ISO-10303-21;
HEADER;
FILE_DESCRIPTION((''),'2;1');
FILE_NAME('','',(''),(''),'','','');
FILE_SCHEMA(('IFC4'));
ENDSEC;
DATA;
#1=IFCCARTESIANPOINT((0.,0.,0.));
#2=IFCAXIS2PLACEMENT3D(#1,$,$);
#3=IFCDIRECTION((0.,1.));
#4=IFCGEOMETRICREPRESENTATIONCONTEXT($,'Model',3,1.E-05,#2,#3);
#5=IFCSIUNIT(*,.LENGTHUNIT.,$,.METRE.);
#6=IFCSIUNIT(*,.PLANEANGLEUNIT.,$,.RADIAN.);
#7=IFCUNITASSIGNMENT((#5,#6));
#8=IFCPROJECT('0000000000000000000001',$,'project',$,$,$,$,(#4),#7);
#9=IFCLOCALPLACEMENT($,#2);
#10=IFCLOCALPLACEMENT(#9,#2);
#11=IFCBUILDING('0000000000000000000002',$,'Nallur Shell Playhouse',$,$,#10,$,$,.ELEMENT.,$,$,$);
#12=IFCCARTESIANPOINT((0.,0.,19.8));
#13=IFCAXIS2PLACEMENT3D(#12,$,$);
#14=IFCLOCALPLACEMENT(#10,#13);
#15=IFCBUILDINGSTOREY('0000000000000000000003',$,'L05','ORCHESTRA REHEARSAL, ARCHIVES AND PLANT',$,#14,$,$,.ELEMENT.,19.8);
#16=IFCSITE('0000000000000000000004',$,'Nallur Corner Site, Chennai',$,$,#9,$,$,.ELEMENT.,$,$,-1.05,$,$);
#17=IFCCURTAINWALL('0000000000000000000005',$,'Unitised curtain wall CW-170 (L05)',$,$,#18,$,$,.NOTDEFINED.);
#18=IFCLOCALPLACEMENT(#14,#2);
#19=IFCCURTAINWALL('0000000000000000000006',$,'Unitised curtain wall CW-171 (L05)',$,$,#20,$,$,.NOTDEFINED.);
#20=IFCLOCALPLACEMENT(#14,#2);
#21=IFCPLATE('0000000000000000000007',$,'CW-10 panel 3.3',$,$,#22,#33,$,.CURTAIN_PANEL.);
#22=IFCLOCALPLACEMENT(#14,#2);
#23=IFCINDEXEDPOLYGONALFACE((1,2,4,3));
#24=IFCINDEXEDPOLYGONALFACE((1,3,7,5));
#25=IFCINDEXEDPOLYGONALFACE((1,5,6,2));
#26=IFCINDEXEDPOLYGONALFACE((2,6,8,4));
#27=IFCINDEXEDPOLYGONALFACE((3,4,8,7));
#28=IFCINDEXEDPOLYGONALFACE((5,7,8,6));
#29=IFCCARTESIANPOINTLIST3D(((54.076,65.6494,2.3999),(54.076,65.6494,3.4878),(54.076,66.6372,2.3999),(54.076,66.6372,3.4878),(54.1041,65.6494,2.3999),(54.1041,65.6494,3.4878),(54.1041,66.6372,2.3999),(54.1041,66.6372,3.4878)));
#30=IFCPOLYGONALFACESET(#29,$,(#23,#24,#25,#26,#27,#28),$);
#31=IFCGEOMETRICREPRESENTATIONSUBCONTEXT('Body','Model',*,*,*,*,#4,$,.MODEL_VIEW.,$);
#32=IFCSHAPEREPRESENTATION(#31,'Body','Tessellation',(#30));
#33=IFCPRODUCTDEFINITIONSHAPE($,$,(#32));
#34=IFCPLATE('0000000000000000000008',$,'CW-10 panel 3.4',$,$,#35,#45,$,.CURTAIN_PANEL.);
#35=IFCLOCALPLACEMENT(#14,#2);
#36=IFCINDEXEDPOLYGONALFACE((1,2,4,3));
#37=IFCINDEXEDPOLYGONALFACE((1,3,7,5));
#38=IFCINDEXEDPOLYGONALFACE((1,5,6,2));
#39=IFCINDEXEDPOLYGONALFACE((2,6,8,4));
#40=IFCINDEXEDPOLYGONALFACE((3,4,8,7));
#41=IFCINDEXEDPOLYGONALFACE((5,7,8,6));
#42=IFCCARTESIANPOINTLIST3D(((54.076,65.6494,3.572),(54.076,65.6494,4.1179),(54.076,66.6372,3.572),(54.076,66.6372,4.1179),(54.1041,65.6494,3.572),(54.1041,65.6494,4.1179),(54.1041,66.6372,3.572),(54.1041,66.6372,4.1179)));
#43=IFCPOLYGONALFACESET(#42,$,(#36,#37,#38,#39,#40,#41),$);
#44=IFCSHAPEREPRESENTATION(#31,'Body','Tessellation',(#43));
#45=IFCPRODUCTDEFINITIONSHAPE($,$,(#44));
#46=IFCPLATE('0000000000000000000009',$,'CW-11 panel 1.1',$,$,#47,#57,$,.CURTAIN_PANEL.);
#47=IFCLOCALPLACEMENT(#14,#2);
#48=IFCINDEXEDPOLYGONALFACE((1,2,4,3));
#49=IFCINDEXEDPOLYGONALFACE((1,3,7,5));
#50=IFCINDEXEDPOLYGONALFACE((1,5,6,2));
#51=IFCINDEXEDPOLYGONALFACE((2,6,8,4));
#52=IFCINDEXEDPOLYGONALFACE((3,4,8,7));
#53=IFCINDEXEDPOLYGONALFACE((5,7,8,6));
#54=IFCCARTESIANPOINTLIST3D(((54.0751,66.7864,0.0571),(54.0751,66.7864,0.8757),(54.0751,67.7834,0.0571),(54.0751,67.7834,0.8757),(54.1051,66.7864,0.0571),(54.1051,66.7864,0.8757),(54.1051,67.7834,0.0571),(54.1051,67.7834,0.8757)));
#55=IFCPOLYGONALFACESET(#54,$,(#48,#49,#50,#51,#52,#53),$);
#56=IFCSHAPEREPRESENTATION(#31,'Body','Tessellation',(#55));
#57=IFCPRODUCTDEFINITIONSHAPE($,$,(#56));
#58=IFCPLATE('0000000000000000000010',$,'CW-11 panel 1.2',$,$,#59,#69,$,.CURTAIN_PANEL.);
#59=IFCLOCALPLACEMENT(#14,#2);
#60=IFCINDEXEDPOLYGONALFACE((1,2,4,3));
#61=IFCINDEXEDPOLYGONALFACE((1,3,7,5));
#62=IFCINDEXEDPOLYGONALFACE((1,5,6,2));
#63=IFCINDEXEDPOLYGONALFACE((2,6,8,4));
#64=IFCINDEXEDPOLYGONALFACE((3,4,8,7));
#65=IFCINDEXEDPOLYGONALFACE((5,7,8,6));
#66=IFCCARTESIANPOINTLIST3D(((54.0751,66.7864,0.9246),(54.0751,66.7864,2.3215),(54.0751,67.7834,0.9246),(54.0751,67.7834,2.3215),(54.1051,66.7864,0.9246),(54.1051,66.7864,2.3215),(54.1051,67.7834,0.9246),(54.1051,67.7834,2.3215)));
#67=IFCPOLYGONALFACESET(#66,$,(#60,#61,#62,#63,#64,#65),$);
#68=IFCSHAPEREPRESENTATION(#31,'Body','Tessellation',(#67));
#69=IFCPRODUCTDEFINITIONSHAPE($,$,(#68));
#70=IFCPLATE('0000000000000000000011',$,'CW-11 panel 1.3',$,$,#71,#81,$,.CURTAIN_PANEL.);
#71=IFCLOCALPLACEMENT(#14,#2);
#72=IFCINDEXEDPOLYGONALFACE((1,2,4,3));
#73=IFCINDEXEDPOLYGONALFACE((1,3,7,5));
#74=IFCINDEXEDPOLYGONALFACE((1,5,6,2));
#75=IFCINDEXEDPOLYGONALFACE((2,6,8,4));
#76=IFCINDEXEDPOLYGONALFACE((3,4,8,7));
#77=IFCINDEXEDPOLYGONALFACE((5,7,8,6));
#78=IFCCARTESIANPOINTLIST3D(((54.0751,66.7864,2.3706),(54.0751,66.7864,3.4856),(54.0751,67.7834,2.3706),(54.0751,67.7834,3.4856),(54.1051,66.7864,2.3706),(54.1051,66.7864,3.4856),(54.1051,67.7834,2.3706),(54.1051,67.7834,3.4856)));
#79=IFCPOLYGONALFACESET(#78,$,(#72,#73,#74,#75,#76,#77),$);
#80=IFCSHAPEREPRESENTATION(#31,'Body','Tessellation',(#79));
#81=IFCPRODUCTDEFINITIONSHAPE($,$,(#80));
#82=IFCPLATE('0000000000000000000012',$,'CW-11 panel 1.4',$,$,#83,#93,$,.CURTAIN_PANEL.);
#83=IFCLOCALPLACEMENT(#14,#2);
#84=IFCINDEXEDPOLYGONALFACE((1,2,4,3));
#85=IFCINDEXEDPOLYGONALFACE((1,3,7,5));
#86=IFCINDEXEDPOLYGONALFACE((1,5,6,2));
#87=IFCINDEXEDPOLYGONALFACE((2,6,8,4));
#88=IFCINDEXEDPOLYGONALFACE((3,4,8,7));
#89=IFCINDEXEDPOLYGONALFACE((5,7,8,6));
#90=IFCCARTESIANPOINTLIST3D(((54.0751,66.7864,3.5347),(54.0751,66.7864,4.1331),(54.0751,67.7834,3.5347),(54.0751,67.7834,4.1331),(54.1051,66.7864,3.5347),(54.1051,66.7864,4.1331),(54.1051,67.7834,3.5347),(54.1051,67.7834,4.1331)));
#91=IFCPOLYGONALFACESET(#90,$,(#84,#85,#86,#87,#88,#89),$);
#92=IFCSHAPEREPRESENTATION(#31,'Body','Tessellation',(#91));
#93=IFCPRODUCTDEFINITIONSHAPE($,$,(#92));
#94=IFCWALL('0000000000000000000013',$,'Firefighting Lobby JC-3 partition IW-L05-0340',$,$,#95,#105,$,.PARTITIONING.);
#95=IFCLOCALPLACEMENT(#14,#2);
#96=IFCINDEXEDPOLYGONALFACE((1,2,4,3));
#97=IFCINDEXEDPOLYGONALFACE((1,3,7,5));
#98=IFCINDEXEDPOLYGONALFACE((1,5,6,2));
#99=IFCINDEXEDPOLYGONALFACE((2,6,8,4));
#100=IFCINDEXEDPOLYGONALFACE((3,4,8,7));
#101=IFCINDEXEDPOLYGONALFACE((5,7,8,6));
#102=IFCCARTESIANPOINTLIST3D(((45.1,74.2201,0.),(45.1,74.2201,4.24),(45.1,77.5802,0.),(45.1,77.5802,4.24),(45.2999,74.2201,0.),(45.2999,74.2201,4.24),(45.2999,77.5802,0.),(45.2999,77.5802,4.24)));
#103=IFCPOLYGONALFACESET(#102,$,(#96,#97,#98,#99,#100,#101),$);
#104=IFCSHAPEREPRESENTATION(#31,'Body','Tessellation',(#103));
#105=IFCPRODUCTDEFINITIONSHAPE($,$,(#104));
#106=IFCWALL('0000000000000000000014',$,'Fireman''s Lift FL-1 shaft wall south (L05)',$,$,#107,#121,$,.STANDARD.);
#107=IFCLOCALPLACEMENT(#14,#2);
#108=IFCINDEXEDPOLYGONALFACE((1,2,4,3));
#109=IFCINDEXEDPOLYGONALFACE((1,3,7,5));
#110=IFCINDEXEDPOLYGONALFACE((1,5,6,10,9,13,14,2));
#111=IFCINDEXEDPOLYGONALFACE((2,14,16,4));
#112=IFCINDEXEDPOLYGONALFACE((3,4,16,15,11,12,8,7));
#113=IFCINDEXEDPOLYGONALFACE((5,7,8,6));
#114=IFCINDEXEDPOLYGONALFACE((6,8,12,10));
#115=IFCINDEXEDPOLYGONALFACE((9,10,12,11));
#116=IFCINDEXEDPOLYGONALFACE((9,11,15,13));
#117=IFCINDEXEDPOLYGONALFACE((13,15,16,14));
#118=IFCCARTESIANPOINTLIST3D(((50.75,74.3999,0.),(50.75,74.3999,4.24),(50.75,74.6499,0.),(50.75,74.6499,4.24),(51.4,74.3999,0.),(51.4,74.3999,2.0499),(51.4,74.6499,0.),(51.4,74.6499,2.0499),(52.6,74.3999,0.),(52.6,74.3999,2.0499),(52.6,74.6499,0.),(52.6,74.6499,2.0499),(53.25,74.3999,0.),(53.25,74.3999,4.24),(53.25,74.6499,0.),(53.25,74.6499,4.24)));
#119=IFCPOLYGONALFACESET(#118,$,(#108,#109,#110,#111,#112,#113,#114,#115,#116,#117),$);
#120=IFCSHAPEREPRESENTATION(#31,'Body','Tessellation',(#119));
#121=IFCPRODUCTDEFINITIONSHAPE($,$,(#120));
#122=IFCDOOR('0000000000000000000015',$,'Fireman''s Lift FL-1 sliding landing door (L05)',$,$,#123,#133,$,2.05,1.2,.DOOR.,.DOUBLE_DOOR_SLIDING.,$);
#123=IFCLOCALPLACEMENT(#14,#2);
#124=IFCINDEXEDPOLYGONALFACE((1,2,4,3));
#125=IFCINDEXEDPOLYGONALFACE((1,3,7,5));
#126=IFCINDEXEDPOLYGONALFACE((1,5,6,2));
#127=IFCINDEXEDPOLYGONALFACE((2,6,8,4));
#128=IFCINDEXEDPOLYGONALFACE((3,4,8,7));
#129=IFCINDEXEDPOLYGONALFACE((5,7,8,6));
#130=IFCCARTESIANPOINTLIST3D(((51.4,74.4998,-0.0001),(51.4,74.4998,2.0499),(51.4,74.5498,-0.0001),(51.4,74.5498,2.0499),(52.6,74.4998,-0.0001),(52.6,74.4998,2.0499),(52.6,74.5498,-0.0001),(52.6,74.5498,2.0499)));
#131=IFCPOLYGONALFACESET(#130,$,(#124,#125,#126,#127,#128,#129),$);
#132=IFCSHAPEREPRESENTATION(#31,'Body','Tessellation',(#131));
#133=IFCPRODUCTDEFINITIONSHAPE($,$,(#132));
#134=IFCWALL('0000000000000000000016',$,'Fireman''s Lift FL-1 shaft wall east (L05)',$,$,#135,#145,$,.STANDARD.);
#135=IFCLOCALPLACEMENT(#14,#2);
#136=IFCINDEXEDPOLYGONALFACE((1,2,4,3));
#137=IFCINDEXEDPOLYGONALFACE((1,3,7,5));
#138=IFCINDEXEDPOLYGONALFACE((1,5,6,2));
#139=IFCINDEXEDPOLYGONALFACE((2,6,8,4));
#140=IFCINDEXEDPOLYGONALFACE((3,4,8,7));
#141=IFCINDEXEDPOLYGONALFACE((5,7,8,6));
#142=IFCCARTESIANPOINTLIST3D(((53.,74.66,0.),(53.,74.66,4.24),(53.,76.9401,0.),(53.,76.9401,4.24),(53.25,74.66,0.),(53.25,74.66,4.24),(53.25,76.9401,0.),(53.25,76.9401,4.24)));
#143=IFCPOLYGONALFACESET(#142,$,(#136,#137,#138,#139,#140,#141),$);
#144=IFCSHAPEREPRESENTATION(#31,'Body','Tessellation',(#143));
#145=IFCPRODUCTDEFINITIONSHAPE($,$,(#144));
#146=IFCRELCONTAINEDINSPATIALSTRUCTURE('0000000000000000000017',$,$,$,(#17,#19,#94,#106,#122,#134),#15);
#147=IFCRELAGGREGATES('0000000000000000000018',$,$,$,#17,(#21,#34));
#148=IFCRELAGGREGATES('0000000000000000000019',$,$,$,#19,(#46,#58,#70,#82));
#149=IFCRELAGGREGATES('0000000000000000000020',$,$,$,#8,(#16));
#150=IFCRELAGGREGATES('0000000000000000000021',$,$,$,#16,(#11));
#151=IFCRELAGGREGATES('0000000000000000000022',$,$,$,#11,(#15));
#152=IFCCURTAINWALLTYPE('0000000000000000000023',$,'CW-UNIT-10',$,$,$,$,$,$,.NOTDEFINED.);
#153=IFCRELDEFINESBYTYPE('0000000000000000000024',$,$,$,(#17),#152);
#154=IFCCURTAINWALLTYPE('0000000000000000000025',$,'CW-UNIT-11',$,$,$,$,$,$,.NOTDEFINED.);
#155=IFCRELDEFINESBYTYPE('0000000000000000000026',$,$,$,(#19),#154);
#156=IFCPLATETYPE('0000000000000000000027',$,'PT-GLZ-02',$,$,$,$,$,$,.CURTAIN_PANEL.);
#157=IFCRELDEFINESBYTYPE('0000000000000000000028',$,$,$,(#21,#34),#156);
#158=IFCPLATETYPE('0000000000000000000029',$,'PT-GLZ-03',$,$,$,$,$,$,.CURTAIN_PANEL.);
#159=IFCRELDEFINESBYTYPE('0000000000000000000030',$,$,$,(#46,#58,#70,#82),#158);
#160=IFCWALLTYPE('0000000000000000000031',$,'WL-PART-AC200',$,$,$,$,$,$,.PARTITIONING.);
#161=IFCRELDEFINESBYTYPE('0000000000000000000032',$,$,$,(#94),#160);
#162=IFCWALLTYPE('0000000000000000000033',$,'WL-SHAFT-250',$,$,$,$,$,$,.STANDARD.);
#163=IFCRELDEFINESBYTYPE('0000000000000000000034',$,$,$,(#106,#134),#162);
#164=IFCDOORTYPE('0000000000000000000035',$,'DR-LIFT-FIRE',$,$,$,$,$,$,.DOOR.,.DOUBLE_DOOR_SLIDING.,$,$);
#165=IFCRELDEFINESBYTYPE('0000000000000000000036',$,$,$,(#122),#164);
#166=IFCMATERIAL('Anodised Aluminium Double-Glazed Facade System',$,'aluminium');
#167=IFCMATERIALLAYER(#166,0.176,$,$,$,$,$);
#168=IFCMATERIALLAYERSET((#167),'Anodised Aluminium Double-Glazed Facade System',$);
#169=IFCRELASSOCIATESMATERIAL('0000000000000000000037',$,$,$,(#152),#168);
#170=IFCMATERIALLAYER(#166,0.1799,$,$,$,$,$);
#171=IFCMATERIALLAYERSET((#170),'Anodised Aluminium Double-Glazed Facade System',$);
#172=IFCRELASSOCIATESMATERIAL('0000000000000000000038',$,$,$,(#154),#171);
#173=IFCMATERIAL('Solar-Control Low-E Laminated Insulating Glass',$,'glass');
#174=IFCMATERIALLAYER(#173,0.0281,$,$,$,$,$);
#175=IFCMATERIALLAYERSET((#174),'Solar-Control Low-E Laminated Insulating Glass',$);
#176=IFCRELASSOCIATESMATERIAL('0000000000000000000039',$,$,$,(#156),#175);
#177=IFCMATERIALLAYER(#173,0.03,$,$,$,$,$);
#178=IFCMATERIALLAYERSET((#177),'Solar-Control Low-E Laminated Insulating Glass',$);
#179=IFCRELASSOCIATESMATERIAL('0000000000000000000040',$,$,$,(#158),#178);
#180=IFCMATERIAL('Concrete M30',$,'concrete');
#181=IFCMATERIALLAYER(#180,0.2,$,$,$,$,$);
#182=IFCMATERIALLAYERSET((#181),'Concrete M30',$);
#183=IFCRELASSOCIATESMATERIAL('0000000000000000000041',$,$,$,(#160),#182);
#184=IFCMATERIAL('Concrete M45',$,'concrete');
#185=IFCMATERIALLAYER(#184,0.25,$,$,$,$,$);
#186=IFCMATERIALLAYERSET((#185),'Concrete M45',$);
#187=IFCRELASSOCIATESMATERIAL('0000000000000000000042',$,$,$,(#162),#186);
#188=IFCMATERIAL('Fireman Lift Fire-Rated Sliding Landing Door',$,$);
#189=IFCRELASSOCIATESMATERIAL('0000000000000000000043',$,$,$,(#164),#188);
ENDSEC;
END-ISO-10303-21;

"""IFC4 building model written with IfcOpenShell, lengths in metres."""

from ifc_helpers import new_model, si_unit, direction, frame, frame_2d, origin, origin_2d, place, context, subcontext, project, spatial, rectangle, extrude, material, layer, layer_set, type_object, element, fill, aggregate, save


model = new_model("IFC4")

# Units and contexts
model_context = context("Model", 3, precision=1e-05, world=origin(), true_north=direction((0.0, 1.0)))
body_context = subcontext(model_context, "Body", "Model", "MODEL_VIEW")
ifc_project = project(units=[si_unit("LENGTHUNIT", "METRE"), si_unit("PLANEANGLEUNIT", "RADIAN")], contexts=[model_context])

# Site, building, storey
site_placement = place(None, origin())
site = spatial("IfcSite", under=ifc_project, at=site_placement, Name="Nallur Corner Site, Chennai", CompositionType="ELEMENT", RefElevation=-1.05)
building_placement = place(site_placement, origin())
building = spatial("IfcBuilding", under=site, at=building_placement, Name="Nallur Shell Playhouse", CompositionType="ELEMENT")
storey_placement = place(building_placement, frame((0.0, 0.0, 19.8)))
storey = spatial("IfcBuildingStorey", under=building, at=storey_placement, Name="L05", Description="ORCHESTRA REHEARSAL, ARCHIVES AND PLANT", CompositionType="ELEMENT", Elevation=19.8)

# Curtain wall
ifc_material_1 = material(Name="Anodised Aluminium Double-Glazed Facade System", Category="aluminium")
ifc_layer_1 = layer(ifc_material_1, 0.176)
ifc_layer_set_1 = layer_set([ifc_layer_1], Name="Anodised Aluminium Double-Glazed Facade System")
curtain_wall_type_1 = type_object("IfcCurtainWallType", Name="CW-UNIT-10", PredefinedType="NOTDEFINED", material=ifc_layer_set_1)
curtain_wall_1_placement = place(storey_placement, origin())
curtain_wall_1 = element("IfcCurtainWall", 1, at=curtain_wall_1_placement, inside=storey, type_object=curtain_wall_type_1, Name="Unitised curtain wall CW-170 (L05)", PredefinedType="NOTDEFINED")

# Curtain wall
ifc_layer_2 = layer(ifc_material_1, 0.1799)
ifc_layer_set_2 = layer_set([ifc_layer_2], Name="Anodised Aluminium Double-Glazed Facade System")
curtain_wall_type_2 = type_object("IfcCurtainWallType", Name="CW-UNIT-11", PredefinedType="NOTDEFINED", material=ifc_layer_set_2)
curtain_wall_2_placement = place(storey_placement, origin())
curtain_wall_2 = element("IfcCurtainWall", 2, at=curtain_wall_2_placement, inside=storey, type_object=curtain_wall_type_2, Name="Unitised curtain wall CW-171 (L05)", PredefinedType="NOTDEFINED")

# Plates
ifc_material_2 = material(Name="Solar-Control Low-E Laminated Insulating Glass", Category="glass")
ifc_layer_3 = layer(ifc_material_2, 0.0281)
ifc_layer_set_3 = layer_set([ifc_layer_3], Name="Solar-Control Low-E Laminated Insulating Glass")
plate_type_1 = type_object("IfcPlateType", Name="PT-GLZ-02", PredefinedType="CURTAIN_PANEL", material=ifc_layer_set_3)
plate_1_placement = place(storey_placement, frame((54.0901, 66.1433, 2.3999), z_axis=(0.0, 0.0, 1.0), x_axis=(0.0, 1.0, 0.0)))
plate_1 = element("IfcPlate", 3, at=plate_1_placement, type_object=plate_type_1, Name="CW-10 panel 3.3", PredefinedType="CURTAIN_PANEL", context=body_context, shape_type="SweptSolid", body=[
    extrude(rectangle(XDim=0.9878, YDim=0.0281, at=origin_2d()), origin(), (0.0, 0.0, 1.0), 1.0879),
])
plate_2_placement = place(storey_placement, frame((54.0901, 66.1433, 3.572), z_axis=(0.0, 0.0, 1.0), x_axis=(0.0, 1.0, 0.0)))
plate_2 = element("IfcPlate", 4, at=plate_2_placement, type_object=plate_type_1, Name="CW-10 panel 3.4", PredefinedType="CURTAIN_PANEL", context=body_context, shape_type="SweptSolid", body=[
    extrude(rectangle(XDim=0.9878, YDim=0.0281, at=origin_2d()), origin(), (0.0, 0.0, 1.0), 0.5459),
])
aggregate(curtain_wall_1, [plate_1, plate_2])
ifc_layer_4 = layer(ifc_material_2, 0.03)
ifc_layer_set_4 = layer_set([ifc_layer_4], Name="Solar-Control Low-E Laminated Insulating Glass")
plate_type_2 = type_object("IfcPlateType", Name="PT-GLZ-03", PredefinedType="CURTAIN_PANEL", material=ifc_layer_set_4)
plate_3_placement = place(storey_placement, frame((54.0901, 67.2849, 0.0571), z_axis=(0.0, 0.0, 1.0), x_axis=(0.0, 1.0, 0.0)))
plate_3 = element("IfcPlate", 5, at=plate_3_placement, type_object=plate_type_2, Name="CW-11 panel 1.1", PredefinedType="CURTAIN_PANEL", context=body_context, shape_type="SweptSolid", body=[
    extrude(rectangle(XDim=0.9971, YDim=0.03, at=origin_2d()), origin(), (0.0, 0.0, 1.0), 0.8186),
])
plate_4_placement = place(storey_placement, frame((54.0901, 67.2849, 0.9246), z_axis=(0.0, 0.0, 1.0), x_axis=(0.0, 1.0, 0.0)))
plate_4 = element("IfcPlate", 6, at=plate_4_placement, type_object=plate_type_2, Name="CW-11 panel 1.2", PredefinedType="CURTAIN_PANEL", context=body_context, shape_type="SweptSolid", body=[
    extrude(rectangle(XDim=0.9971, YDim=0.03, at=origin_2d()), origin(), (0.0, 0.0, 1.0), 1.397),
])
plate_5_placement = place(storey_placement, frame((54.0901, 67.2849, 2.3706), z_axis=(0.0, 0.0, 1.0), x_axis=(0.0, 1.0, 0.0)))
plate_5 = element("IfcPlate", 7, at=plate_5_placement, type_object=plate_type_2, Name="CW-11 panel 1.3", PredefinedType="CURTAIN_PANEL", context=body_context, shape_type="SweptSolid", body=[
    extrude(rectangle(XDim=0.9971, YDim=0.03, at=origin_2d()), origin(), (0.0, 0.0, 1.0), 1.115),
])
plate_6_placement = place(storey_placement, frame((54.0901, 67.2849, 3.5347), z_axis=(0.0, 0.0, 1.0), x_axis=(0.0, 1.0, 0.0)))
plate_6 = element("IfcPlate", 8, at=plate_6_placement, type_object=plate_type_2, Name="CW-11 panel 1.4", PredefinedType="CURTAIN_PANEL", context=body_context, shape_type="SweptSolid", body=[
    extrude(rectangle(XDim=0.9971, YDim=0.03, at=origin_2d()), origin(), (0.0, 0.0, 1.0), 0.5984),
])
aggregate(curtain_wall_2, [plate_3, plate_4, plate_5, plate_6])

# Wall
ifc_material_3 = material(Name="Concrete M30", Category="concrete")
ifc_layer_5 = layer(ifc_material_3, 0.2)
ifc_layer_set_5 = layer_set([ifc_layer_5], Name="Concrete M30")
wall_type_1 = type_object("IfcWallType", Name="WL-PART-AC200", PredefinedType="PARTITIONING", material=ifc_layer_set_5)
wall_1_placement = place(storey_placement, frame((45.2, 74.22, 0.0), z_axis=(0.0, 0.0, 1.0), x_axis=(0.0, 1.0, 0.0)))
element("IfcWall", 9, at=wall_1_placement, inside=storey, type_object=wall_type_1, Name="Firefighting Lobby JC-3 partition IW-L05-0340", PredefinedType="PARTITIONING", context=body_context, shape_type="SweptSolid", body=[
    extrude(rectangle(XDim=3.3601, YDim=0.2, at=frame_2d((1.6802, 0.0))), origin(), (0.0, 0.0, 1.0), 4.24),
])

# Wall, opening, door
ifc_material_4 = material(Name="Concrete M45", Category="concrete")
ifc_layer_6 = layer(ifc_material_4, 0.25)
ifc_layer_set_6 = layer_set([ifc_layer_6], Name="Concrete M45")
wall_type_2 = type_object("IfcWallType", Name="WL-SHAFT-250", PredefinedType="STANDARD", material=ifc_layer_set_6)
wall_2_placement = place(storey_placement, frame((50.75, 74.5249, 0.0), z_axis=(0.0, 0.0, 1.0), x_axis=(1.0, 0.0, 0.0)))
wall_2 = element("IfcWall", 10, at=wall_2_placement, inside=storey, type_object=wall_type_2, Name="Fireman's Lift FL-1 shaft wall south (L05)", PredefinedType="STANDARD", context=body_context, shape_type="SweptSolid", body=[
    extrude(rectangle(XDim=2.5, YDim=0.25, at=frame_2d((1.25, 0.0))), origin(), (0.0, 0.0, 1.0), 4.24),
])
opening_1_placement = place(wall_2_placement, frame((0.6499, 0.0, 0.0)))
opening_1 = element("IfcOpeningElement", 11, at=opening_1_placement, cuts=wall_2, PredefinedType="OPENING", context=body_context, shape_type="SweptSolid", body=[
    extrude(rectangle(XDim=1.2, YDim=2.05, at=frame_2d((0.6001, 1.0249))), frame((0.0, 0.135, 0.0), z_axis=(0.0, -1.0, 0.0), x_axis=(1.0, 0.0, 0.0)), (0.0, 0.0, 1.0), 0.27),
])
ifc_material_5 = material(Name="Fireman Lift Fire-Rated Sliding Landing Door")
door_type_1 = type_object("IfcDoorType", Name="DR-LIFT-FIRE", OperationType="DOUBLE_DOOR_SLIDING", PredefinedType="DOOR", material=ifc_material_5)
door_1_placement = place(opening_1_placement, origin())
door_1 = element("IfcDoor", 12, at=door_1_placement, inside=storey, type_object=door_type_1, Name="Fireman's Lift FL-1 sliding landing door (L05)", OperationType="DOUBLE_DOOR_SLIDING", OverallHeight=2.05, OverallWidth=1.2, PredefinedType="DOOR", context=body_context, shape_type="SweptSolid", body=[
    extrude(rectangle(XDim=1.2, YDim=2.05, at=frame_2d((0.6001, 1.0249))), frame((0.0, 0.0249, 0.0), z_axis=(0.0, -1.0, 0.0), x_axis=(1.0, 0.0, 0.0)), (0.0, 0.0, 1.0), 0.05),
])
fill(opening_1, door_1)

# Wall
wall_3_placement = place(storey_placement, frame((53.125, 74.6599, 0.0), z_axis=(0.0, 0.0, 1.0), x_axis=(0.0, 1.0, 0.0)))
element("IfcWall", 13, at=wall_3_placement, inside=storey, type_object=wall_type_2, Name="Fireman's Lift FL-1 shaft wall east (L05)", PredefinedType="STANDARD", context=body_context, shape_type="SweptSolid", body=[
    extrude(rectangle(XDim=2.28, YDim=0.25, at=frame_2d((1.1401, 0.0))), origin(), (0.0, 0.0, 1.0), 4.24),
])

save(model, "model.ifc")
